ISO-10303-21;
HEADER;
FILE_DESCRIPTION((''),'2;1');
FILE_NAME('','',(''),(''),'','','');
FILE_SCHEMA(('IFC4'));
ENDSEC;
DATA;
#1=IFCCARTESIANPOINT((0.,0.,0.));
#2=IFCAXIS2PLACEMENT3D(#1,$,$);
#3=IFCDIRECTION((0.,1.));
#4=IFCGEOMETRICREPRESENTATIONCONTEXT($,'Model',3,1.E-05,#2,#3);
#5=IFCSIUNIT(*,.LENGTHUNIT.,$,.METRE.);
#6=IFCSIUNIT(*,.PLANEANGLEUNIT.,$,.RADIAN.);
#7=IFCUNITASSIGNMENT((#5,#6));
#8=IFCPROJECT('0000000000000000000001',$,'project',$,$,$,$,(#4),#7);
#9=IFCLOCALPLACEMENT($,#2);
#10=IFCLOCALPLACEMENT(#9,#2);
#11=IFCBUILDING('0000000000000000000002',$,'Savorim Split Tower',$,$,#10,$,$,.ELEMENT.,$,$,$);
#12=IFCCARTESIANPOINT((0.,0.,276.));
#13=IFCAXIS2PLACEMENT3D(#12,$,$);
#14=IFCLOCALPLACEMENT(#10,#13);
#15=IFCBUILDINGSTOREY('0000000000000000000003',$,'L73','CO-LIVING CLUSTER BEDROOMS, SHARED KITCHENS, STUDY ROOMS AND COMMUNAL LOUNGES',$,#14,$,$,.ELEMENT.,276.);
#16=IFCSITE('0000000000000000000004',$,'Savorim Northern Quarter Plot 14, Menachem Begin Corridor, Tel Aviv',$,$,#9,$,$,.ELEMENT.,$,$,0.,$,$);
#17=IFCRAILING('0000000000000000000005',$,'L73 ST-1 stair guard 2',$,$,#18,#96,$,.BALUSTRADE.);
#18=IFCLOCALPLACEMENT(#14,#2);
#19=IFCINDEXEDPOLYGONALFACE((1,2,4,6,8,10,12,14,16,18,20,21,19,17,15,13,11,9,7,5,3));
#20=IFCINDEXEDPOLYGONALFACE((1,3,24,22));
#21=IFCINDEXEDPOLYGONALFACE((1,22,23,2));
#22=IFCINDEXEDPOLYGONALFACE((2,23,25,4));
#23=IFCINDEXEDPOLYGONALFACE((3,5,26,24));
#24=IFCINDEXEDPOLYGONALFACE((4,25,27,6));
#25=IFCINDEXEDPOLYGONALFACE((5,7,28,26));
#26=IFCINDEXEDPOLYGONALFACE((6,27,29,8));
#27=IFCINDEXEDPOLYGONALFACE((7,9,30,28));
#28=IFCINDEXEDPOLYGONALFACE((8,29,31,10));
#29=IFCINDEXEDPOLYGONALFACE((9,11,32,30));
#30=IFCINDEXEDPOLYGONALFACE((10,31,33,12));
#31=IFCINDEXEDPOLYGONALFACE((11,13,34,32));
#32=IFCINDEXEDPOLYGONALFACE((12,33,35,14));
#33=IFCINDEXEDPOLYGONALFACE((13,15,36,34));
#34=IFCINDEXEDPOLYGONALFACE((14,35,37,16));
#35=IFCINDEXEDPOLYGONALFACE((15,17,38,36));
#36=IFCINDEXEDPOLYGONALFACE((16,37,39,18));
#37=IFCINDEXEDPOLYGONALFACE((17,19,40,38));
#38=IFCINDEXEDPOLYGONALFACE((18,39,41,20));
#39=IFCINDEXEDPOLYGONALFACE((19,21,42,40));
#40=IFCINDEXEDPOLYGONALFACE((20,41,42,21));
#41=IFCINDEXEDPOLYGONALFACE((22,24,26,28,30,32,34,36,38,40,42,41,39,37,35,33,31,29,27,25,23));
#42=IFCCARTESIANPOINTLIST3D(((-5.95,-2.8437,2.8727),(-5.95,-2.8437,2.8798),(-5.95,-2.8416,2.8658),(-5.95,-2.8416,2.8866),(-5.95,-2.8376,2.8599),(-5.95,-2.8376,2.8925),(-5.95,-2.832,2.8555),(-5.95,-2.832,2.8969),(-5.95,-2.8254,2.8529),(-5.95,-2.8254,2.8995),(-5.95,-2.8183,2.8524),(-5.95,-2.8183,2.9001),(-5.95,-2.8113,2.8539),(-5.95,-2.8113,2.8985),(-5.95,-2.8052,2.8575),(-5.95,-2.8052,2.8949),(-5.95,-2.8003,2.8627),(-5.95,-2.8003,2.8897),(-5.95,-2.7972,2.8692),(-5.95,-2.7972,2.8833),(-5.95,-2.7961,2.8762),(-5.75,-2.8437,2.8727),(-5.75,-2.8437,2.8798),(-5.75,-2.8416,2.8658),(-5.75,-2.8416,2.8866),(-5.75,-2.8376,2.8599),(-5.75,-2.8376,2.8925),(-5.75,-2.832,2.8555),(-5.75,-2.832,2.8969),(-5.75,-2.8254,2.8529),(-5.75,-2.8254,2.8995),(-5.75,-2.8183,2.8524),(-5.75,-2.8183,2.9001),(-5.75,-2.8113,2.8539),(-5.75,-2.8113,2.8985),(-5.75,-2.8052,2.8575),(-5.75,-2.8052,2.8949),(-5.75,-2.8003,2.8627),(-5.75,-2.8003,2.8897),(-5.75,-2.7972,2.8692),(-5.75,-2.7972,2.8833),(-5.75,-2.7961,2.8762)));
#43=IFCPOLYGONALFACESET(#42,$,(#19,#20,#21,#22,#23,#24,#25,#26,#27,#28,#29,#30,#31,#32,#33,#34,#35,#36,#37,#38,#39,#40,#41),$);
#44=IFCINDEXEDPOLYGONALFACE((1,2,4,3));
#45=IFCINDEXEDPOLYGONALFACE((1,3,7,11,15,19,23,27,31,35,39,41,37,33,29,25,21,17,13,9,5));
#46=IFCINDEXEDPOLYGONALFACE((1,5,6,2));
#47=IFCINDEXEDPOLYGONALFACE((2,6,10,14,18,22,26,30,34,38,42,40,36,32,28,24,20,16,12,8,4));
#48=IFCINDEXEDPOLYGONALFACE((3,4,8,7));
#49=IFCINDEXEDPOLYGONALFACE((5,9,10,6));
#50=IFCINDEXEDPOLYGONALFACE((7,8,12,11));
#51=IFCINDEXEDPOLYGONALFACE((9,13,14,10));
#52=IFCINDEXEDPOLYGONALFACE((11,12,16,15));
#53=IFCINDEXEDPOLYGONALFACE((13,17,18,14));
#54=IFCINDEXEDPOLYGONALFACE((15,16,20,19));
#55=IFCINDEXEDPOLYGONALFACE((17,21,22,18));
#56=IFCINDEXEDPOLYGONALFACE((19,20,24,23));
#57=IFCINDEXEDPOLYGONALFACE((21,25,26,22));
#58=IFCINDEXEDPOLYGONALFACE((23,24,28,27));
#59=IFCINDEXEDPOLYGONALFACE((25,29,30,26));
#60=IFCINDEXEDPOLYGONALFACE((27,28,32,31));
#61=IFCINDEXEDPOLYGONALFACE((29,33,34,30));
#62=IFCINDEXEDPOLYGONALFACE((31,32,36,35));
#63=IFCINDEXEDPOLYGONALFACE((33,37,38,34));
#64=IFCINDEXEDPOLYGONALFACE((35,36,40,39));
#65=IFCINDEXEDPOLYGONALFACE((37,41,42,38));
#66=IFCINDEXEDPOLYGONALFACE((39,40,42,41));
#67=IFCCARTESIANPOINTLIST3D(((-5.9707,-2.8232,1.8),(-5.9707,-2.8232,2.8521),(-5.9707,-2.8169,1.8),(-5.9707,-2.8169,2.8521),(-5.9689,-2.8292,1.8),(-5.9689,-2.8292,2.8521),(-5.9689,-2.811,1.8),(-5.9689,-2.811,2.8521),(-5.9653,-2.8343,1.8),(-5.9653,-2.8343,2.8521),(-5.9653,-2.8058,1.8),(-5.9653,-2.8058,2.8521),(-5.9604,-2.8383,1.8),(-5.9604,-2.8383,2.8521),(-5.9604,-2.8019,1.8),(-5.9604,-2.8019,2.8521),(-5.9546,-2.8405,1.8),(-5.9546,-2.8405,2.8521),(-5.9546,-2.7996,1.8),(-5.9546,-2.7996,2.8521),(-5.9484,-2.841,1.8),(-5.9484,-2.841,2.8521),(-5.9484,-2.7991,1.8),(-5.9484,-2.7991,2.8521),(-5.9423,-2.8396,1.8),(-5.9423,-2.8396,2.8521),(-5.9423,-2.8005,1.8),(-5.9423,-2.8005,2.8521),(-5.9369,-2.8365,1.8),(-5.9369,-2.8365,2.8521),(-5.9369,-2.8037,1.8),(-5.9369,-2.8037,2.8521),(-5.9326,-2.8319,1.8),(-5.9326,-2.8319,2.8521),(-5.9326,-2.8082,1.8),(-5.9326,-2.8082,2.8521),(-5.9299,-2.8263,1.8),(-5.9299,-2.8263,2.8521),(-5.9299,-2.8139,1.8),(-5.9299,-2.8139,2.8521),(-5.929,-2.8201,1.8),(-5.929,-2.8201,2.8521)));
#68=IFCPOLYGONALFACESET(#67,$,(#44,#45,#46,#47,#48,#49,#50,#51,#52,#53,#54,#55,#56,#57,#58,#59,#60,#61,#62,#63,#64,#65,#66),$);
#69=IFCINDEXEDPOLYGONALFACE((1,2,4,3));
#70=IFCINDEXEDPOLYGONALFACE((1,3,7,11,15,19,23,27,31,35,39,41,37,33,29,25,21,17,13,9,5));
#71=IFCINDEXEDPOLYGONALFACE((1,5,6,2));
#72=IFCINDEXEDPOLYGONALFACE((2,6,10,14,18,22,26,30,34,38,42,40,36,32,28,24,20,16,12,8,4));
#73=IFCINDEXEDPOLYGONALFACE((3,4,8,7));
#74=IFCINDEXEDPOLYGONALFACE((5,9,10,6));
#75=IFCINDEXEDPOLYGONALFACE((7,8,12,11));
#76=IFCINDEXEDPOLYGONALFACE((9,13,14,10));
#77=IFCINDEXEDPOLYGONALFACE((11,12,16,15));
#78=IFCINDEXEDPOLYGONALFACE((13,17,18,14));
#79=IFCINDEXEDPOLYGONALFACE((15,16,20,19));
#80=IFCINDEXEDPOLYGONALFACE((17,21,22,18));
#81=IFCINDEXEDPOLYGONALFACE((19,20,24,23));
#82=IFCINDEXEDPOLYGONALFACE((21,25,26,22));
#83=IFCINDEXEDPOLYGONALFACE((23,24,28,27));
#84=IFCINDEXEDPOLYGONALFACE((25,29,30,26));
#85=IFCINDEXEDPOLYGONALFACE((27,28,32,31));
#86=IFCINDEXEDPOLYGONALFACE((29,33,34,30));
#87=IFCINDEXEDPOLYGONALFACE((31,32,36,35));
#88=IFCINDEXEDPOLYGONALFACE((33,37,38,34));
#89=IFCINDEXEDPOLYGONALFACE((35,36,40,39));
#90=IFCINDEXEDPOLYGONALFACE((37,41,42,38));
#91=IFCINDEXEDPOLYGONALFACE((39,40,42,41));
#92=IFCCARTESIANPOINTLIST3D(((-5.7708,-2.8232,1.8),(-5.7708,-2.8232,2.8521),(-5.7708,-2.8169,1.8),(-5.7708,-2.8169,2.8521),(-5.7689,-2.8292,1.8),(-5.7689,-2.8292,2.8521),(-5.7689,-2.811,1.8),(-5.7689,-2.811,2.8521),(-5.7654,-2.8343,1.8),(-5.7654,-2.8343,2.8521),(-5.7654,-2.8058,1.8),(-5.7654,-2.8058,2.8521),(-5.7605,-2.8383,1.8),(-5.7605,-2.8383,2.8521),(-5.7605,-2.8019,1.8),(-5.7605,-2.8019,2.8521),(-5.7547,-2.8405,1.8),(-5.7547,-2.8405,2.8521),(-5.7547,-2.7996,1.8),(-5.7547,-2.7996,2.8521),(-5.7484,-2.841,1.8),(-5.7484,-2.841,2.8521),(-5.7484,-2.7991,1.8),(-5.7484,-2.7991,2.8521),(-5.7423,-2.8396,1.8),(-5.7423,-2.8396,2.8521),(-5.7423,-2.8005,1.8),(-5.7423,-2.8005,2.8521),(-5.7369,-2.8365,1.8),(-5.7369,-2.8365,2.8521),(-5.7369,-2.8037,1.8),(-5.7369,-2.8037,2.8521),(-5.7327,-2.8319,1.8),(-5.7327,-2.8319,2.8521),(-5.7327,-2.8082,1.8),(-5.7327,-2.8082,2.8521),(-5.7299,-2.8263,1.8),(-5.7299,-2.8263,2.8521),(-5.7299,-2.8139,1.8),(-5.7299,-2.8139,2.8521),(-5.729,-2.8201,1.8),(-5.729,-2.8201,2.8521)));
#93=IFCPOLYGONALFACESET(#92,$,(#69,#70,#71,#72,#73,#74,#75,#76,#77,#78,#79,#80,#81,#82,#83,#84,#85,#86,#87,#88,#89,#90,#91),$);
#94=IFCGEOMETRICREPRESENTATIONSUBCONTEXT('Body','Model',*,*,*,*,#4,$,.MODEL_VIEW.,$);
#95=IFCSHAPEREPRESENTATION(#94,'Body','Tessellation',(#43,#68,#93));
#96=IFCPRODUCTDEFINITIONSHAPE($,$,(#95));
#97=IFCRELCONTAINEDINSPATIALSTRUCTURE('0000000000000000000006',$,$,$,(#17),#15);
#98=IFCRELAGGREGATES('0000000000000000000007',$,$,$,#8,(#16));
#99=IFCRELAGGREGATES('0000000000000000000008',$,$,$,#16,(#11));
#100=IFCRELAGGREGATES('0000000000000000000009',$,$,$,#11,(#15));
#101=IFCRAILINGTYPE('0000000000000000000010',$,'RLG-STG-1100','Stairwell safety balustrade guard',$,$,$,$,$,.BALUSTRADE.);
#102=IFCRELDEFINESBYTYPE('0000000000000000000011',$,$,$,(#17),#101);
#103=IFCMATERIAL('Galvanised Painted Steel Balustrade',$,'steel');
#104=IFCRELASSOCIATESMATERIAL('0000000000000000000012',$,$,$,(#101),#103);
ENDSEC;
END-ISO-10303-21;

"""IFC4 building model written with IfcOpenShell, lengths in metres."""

from ifc_helpers import new_model, si_unit, direction, frame, origin, origin_2d, place, context, subcontext, project, spatial, circle, extrude, material, type_object, element, save


model = new_model("IFC4")

# Units and contexts
model_context = context("Model", 3, precision=1e-05, world=origin(), true_north=direction((0.0, 1.0)))
body_context = subcontext(model_context, "Body", "Model", "MODEL_VIEW")
ifc_project = project(units=[si_unit("LENGTHUNIT", "METRE"), si_unit("PLANEANGLEUNIT", "RADIAN")], contexts=[model_context])

# Site, building, storey
site_placement = place(None, origin())
site = spatial("IfcSite", under=ifc_project, at=site_placement, Name="Savorim Northern Quarter Plot 14, Menachem Begin Corridor, Tel Aviv", CompositionType="ELEMENT", RefElevation=0.0)
building_placement = place(site_placement, origin())
building = spatial("IfcBuilding", under=site, at=building_placement, Name="Savorim Split Tower", CompositionType="ELEMENT")
storey_placement = place(building_placement, frame((0.0, 0.0, 276.0)))
storey = spatial("IfcBuildingStorey", under=building, at=storey_placement, Name="L73", Description="CO-LIVING CLUSTER BEDROOMS, SHARED KITCHENS, STUDY ROOMS AND COMMUNAL LOUNGES", CompositionType="ELEMENT", Elevation=276.0)

# Railing
ifc_material_1 = material(Name="Galvanised Painted Steel Balustrade", Category="steel")
railing_type_1 = type_object("IfcRailingType", Name="RLG-STG-1100", Description="Stairwell safety balustrade guard", PredefinedType="BALUSTRADE", material=ifc_material_1)
railing_1_placement = place(storey_placement, frame((-5.95, -2.8201, 1.8)))
element("IfcRailing", 1, at=railing_1_placement, inside=storey, type_object=railing_type_1, Name="L73 ST-1 stair guard 2", PredefinedType="BALUSTRADE", context=body_context, shape_type="SweptSolid", body=[
    extrude(circle(Radius=0.0239, at=origin_2d()), frame((0.0, 0.0, 1.0762), z_axis=(1.0, 0.0, 0.0), x_axis=(0.0, 1.0, 0.0)), (0.0, 0.0, 1.0), 0.2),
    extrude(circle(Radius=0.021, at=origin_2d()), origin(), (0.0, 0.0, 1.0), 1.052),
    extrude(circle(Radius=0.021, at=origin_2d()), frame((0.2, 0.0, 0.0)), (0.0, 0.0, 1.0), 1.052),
])

save(model, "model.ifc")
